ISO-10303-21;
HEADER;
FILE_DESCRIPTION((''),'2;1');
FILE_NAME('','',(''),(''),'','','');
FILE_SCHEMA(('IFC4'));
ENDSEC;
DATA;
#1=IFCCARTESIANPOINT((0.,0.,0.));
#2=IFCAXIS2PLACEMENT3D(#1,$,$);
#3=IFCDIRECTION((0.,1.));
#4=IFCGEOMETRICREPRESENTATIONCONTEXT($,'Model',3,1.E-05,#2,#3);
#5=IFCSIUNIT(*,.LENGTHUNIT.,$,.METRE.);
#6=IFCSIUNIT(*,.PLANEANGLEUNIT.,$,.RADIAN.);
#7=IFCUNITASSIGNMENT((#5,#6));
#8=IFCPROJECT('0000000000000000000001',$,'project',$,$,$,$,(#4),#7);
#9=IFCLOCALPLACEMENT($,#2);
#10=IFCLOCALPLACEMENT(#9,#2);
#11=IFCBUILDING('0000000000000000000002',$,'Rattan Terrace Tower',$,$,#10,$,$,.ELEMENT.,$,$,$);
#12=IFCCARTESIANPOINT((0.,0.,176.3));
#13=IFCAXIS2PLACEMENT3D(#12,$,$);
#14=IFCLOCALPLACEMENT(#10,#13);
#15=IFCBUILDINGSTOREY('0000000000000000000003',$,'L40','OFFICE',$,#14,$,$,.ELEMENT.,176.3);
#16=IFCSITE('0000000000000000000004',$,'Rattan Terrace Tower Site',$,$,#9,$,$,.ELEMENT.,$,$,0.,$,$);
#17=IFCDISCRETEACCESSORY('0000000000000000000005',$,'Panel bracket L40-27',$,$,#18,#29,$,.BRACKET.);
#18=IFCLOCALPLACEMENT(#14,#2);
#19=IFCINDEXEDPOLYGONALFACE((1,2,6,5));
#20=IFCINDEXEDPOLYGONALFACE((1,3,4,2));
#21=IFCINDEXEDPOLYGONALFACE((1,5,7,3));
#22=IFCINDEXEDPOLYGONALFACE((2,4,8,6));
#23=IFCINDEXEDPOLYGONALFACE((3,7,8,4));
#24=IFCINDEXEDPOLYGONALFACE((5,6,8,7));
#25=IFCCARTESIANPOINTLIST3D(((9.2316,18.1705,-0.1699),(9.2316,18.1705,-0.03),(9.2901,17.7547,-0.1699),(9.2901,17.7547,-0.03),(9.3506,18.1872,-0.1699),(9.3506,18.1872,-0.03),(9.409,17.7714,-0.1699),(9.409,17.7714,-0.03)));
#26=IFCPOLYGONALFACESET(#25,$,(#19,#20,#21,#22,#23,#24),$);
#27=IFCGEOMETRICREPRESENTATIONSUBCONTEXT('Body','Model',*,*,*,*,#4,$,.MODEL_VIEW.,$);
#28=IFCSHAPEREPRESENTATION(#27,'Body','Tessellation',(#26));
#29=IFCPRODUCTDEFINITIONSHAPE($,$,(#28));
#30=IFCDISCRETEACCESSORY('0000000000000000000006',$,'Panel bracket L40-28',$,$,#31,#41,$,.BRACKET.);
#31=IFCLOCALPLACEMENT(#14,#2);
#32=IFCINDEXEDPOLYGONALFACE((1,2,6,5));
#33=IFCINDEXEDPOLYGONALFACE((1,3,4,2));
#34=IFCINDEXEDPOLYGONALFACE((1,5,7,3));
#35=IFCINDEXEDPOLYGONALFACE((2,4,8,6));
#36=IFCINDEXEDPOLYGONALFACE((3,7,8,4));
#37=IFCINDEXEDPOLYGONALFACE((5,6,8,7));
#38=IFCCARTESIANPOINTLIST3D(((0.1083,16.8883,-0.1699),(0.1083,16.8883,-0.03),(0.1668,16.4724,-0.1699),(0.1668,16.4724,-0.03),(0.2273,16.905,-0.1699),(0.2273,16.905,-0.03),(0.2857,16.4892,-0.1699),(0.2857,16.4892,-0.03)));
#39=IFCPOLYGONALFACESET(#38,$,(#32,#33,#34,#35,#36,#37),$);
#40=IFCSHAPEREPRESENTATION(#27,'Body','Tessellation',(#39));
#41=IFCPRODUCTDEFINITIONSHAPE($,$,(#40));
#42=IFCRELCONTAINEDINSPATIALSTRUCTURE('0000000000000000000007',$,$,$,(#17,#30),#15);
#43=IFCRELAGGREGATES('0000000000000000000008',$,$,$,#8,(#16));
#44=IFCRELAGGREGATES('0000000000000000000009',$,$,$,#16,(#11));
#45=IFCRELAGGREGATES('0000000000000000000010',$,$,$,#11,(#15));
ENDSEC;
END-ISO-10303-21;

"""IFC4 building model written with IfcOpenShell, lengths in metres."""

from ifc_helpers import new_model, si_unit, direction, frame, origin, origin_2d, place, context, subcontext, project, spatial, rectangle, extrude, element, save


model = new_model("IFC4")

# Units and contexts
model_context = context("Model", 3, precision=1e-05, world=origin(), true_north=direction((0.0, 1.0)))
body_context = subcontext(model_context, "Body", "Model", "MODEL_VIEW")
ifc_project = project(units=[si_unit("LENGTHUNIT", "METRE"), si_unit("PLANEANGLEUNIT", "RADIAN")], contexts=[model_context])

# Site, building, storey
site_placement = place(None, origin())
site = spatial("IfcSite", under=ifc_project, at=site_placement, Name="Rattan Terrace Tower Site", CompositionType="ELEMENT", RefElevation=0.0)
building_placement = place(site_placement, origin())
building = spatial("IfcBuilding", under=site, at=building_placement, Name="Rattan Terrace Tower", CompositionType="ELEMENT")
storey_placement = place(building_placement, frame((0.0, 0.0, 176.3)))
storey = spatial("IfcBuildingStorey", under=building, at=storey_placement, Name="L40", Description="OFFICE", CompositionType="ELEMENT", Elevation=176.3)

# Discrete accessories
for number, where, z_axis, x_axis, name in (
    (1, (9.3203, 17.9709, -0.1699), (0.0, 0.0, 1.0), (-0.99027, -0.139161, 0.0), "Panel bracket L40-27"),
    (2, (0.197, 16.6887, -0.1699), (0.0, 0.0, 1.0), (-0.99027, -0.139161, 0.0), "Panel bracket L40-28"),
):
    element("IfcDiscreteAccessory", number, at=place(storey_placement, frame(where, z_axis=z_axis, x_axis=x_axis)), inside=storey, Name=name, PredefinedType="BRACKET", context=body_context, shape_type="SweptSolid", body=[
        extrude(rectangle(XDim=0.1201, YDim=0.4199, at=origin_2d()), origin(), (0.0, 0.0, 1.0), 0.1399),
    ])

save(model, "model.ifc")
